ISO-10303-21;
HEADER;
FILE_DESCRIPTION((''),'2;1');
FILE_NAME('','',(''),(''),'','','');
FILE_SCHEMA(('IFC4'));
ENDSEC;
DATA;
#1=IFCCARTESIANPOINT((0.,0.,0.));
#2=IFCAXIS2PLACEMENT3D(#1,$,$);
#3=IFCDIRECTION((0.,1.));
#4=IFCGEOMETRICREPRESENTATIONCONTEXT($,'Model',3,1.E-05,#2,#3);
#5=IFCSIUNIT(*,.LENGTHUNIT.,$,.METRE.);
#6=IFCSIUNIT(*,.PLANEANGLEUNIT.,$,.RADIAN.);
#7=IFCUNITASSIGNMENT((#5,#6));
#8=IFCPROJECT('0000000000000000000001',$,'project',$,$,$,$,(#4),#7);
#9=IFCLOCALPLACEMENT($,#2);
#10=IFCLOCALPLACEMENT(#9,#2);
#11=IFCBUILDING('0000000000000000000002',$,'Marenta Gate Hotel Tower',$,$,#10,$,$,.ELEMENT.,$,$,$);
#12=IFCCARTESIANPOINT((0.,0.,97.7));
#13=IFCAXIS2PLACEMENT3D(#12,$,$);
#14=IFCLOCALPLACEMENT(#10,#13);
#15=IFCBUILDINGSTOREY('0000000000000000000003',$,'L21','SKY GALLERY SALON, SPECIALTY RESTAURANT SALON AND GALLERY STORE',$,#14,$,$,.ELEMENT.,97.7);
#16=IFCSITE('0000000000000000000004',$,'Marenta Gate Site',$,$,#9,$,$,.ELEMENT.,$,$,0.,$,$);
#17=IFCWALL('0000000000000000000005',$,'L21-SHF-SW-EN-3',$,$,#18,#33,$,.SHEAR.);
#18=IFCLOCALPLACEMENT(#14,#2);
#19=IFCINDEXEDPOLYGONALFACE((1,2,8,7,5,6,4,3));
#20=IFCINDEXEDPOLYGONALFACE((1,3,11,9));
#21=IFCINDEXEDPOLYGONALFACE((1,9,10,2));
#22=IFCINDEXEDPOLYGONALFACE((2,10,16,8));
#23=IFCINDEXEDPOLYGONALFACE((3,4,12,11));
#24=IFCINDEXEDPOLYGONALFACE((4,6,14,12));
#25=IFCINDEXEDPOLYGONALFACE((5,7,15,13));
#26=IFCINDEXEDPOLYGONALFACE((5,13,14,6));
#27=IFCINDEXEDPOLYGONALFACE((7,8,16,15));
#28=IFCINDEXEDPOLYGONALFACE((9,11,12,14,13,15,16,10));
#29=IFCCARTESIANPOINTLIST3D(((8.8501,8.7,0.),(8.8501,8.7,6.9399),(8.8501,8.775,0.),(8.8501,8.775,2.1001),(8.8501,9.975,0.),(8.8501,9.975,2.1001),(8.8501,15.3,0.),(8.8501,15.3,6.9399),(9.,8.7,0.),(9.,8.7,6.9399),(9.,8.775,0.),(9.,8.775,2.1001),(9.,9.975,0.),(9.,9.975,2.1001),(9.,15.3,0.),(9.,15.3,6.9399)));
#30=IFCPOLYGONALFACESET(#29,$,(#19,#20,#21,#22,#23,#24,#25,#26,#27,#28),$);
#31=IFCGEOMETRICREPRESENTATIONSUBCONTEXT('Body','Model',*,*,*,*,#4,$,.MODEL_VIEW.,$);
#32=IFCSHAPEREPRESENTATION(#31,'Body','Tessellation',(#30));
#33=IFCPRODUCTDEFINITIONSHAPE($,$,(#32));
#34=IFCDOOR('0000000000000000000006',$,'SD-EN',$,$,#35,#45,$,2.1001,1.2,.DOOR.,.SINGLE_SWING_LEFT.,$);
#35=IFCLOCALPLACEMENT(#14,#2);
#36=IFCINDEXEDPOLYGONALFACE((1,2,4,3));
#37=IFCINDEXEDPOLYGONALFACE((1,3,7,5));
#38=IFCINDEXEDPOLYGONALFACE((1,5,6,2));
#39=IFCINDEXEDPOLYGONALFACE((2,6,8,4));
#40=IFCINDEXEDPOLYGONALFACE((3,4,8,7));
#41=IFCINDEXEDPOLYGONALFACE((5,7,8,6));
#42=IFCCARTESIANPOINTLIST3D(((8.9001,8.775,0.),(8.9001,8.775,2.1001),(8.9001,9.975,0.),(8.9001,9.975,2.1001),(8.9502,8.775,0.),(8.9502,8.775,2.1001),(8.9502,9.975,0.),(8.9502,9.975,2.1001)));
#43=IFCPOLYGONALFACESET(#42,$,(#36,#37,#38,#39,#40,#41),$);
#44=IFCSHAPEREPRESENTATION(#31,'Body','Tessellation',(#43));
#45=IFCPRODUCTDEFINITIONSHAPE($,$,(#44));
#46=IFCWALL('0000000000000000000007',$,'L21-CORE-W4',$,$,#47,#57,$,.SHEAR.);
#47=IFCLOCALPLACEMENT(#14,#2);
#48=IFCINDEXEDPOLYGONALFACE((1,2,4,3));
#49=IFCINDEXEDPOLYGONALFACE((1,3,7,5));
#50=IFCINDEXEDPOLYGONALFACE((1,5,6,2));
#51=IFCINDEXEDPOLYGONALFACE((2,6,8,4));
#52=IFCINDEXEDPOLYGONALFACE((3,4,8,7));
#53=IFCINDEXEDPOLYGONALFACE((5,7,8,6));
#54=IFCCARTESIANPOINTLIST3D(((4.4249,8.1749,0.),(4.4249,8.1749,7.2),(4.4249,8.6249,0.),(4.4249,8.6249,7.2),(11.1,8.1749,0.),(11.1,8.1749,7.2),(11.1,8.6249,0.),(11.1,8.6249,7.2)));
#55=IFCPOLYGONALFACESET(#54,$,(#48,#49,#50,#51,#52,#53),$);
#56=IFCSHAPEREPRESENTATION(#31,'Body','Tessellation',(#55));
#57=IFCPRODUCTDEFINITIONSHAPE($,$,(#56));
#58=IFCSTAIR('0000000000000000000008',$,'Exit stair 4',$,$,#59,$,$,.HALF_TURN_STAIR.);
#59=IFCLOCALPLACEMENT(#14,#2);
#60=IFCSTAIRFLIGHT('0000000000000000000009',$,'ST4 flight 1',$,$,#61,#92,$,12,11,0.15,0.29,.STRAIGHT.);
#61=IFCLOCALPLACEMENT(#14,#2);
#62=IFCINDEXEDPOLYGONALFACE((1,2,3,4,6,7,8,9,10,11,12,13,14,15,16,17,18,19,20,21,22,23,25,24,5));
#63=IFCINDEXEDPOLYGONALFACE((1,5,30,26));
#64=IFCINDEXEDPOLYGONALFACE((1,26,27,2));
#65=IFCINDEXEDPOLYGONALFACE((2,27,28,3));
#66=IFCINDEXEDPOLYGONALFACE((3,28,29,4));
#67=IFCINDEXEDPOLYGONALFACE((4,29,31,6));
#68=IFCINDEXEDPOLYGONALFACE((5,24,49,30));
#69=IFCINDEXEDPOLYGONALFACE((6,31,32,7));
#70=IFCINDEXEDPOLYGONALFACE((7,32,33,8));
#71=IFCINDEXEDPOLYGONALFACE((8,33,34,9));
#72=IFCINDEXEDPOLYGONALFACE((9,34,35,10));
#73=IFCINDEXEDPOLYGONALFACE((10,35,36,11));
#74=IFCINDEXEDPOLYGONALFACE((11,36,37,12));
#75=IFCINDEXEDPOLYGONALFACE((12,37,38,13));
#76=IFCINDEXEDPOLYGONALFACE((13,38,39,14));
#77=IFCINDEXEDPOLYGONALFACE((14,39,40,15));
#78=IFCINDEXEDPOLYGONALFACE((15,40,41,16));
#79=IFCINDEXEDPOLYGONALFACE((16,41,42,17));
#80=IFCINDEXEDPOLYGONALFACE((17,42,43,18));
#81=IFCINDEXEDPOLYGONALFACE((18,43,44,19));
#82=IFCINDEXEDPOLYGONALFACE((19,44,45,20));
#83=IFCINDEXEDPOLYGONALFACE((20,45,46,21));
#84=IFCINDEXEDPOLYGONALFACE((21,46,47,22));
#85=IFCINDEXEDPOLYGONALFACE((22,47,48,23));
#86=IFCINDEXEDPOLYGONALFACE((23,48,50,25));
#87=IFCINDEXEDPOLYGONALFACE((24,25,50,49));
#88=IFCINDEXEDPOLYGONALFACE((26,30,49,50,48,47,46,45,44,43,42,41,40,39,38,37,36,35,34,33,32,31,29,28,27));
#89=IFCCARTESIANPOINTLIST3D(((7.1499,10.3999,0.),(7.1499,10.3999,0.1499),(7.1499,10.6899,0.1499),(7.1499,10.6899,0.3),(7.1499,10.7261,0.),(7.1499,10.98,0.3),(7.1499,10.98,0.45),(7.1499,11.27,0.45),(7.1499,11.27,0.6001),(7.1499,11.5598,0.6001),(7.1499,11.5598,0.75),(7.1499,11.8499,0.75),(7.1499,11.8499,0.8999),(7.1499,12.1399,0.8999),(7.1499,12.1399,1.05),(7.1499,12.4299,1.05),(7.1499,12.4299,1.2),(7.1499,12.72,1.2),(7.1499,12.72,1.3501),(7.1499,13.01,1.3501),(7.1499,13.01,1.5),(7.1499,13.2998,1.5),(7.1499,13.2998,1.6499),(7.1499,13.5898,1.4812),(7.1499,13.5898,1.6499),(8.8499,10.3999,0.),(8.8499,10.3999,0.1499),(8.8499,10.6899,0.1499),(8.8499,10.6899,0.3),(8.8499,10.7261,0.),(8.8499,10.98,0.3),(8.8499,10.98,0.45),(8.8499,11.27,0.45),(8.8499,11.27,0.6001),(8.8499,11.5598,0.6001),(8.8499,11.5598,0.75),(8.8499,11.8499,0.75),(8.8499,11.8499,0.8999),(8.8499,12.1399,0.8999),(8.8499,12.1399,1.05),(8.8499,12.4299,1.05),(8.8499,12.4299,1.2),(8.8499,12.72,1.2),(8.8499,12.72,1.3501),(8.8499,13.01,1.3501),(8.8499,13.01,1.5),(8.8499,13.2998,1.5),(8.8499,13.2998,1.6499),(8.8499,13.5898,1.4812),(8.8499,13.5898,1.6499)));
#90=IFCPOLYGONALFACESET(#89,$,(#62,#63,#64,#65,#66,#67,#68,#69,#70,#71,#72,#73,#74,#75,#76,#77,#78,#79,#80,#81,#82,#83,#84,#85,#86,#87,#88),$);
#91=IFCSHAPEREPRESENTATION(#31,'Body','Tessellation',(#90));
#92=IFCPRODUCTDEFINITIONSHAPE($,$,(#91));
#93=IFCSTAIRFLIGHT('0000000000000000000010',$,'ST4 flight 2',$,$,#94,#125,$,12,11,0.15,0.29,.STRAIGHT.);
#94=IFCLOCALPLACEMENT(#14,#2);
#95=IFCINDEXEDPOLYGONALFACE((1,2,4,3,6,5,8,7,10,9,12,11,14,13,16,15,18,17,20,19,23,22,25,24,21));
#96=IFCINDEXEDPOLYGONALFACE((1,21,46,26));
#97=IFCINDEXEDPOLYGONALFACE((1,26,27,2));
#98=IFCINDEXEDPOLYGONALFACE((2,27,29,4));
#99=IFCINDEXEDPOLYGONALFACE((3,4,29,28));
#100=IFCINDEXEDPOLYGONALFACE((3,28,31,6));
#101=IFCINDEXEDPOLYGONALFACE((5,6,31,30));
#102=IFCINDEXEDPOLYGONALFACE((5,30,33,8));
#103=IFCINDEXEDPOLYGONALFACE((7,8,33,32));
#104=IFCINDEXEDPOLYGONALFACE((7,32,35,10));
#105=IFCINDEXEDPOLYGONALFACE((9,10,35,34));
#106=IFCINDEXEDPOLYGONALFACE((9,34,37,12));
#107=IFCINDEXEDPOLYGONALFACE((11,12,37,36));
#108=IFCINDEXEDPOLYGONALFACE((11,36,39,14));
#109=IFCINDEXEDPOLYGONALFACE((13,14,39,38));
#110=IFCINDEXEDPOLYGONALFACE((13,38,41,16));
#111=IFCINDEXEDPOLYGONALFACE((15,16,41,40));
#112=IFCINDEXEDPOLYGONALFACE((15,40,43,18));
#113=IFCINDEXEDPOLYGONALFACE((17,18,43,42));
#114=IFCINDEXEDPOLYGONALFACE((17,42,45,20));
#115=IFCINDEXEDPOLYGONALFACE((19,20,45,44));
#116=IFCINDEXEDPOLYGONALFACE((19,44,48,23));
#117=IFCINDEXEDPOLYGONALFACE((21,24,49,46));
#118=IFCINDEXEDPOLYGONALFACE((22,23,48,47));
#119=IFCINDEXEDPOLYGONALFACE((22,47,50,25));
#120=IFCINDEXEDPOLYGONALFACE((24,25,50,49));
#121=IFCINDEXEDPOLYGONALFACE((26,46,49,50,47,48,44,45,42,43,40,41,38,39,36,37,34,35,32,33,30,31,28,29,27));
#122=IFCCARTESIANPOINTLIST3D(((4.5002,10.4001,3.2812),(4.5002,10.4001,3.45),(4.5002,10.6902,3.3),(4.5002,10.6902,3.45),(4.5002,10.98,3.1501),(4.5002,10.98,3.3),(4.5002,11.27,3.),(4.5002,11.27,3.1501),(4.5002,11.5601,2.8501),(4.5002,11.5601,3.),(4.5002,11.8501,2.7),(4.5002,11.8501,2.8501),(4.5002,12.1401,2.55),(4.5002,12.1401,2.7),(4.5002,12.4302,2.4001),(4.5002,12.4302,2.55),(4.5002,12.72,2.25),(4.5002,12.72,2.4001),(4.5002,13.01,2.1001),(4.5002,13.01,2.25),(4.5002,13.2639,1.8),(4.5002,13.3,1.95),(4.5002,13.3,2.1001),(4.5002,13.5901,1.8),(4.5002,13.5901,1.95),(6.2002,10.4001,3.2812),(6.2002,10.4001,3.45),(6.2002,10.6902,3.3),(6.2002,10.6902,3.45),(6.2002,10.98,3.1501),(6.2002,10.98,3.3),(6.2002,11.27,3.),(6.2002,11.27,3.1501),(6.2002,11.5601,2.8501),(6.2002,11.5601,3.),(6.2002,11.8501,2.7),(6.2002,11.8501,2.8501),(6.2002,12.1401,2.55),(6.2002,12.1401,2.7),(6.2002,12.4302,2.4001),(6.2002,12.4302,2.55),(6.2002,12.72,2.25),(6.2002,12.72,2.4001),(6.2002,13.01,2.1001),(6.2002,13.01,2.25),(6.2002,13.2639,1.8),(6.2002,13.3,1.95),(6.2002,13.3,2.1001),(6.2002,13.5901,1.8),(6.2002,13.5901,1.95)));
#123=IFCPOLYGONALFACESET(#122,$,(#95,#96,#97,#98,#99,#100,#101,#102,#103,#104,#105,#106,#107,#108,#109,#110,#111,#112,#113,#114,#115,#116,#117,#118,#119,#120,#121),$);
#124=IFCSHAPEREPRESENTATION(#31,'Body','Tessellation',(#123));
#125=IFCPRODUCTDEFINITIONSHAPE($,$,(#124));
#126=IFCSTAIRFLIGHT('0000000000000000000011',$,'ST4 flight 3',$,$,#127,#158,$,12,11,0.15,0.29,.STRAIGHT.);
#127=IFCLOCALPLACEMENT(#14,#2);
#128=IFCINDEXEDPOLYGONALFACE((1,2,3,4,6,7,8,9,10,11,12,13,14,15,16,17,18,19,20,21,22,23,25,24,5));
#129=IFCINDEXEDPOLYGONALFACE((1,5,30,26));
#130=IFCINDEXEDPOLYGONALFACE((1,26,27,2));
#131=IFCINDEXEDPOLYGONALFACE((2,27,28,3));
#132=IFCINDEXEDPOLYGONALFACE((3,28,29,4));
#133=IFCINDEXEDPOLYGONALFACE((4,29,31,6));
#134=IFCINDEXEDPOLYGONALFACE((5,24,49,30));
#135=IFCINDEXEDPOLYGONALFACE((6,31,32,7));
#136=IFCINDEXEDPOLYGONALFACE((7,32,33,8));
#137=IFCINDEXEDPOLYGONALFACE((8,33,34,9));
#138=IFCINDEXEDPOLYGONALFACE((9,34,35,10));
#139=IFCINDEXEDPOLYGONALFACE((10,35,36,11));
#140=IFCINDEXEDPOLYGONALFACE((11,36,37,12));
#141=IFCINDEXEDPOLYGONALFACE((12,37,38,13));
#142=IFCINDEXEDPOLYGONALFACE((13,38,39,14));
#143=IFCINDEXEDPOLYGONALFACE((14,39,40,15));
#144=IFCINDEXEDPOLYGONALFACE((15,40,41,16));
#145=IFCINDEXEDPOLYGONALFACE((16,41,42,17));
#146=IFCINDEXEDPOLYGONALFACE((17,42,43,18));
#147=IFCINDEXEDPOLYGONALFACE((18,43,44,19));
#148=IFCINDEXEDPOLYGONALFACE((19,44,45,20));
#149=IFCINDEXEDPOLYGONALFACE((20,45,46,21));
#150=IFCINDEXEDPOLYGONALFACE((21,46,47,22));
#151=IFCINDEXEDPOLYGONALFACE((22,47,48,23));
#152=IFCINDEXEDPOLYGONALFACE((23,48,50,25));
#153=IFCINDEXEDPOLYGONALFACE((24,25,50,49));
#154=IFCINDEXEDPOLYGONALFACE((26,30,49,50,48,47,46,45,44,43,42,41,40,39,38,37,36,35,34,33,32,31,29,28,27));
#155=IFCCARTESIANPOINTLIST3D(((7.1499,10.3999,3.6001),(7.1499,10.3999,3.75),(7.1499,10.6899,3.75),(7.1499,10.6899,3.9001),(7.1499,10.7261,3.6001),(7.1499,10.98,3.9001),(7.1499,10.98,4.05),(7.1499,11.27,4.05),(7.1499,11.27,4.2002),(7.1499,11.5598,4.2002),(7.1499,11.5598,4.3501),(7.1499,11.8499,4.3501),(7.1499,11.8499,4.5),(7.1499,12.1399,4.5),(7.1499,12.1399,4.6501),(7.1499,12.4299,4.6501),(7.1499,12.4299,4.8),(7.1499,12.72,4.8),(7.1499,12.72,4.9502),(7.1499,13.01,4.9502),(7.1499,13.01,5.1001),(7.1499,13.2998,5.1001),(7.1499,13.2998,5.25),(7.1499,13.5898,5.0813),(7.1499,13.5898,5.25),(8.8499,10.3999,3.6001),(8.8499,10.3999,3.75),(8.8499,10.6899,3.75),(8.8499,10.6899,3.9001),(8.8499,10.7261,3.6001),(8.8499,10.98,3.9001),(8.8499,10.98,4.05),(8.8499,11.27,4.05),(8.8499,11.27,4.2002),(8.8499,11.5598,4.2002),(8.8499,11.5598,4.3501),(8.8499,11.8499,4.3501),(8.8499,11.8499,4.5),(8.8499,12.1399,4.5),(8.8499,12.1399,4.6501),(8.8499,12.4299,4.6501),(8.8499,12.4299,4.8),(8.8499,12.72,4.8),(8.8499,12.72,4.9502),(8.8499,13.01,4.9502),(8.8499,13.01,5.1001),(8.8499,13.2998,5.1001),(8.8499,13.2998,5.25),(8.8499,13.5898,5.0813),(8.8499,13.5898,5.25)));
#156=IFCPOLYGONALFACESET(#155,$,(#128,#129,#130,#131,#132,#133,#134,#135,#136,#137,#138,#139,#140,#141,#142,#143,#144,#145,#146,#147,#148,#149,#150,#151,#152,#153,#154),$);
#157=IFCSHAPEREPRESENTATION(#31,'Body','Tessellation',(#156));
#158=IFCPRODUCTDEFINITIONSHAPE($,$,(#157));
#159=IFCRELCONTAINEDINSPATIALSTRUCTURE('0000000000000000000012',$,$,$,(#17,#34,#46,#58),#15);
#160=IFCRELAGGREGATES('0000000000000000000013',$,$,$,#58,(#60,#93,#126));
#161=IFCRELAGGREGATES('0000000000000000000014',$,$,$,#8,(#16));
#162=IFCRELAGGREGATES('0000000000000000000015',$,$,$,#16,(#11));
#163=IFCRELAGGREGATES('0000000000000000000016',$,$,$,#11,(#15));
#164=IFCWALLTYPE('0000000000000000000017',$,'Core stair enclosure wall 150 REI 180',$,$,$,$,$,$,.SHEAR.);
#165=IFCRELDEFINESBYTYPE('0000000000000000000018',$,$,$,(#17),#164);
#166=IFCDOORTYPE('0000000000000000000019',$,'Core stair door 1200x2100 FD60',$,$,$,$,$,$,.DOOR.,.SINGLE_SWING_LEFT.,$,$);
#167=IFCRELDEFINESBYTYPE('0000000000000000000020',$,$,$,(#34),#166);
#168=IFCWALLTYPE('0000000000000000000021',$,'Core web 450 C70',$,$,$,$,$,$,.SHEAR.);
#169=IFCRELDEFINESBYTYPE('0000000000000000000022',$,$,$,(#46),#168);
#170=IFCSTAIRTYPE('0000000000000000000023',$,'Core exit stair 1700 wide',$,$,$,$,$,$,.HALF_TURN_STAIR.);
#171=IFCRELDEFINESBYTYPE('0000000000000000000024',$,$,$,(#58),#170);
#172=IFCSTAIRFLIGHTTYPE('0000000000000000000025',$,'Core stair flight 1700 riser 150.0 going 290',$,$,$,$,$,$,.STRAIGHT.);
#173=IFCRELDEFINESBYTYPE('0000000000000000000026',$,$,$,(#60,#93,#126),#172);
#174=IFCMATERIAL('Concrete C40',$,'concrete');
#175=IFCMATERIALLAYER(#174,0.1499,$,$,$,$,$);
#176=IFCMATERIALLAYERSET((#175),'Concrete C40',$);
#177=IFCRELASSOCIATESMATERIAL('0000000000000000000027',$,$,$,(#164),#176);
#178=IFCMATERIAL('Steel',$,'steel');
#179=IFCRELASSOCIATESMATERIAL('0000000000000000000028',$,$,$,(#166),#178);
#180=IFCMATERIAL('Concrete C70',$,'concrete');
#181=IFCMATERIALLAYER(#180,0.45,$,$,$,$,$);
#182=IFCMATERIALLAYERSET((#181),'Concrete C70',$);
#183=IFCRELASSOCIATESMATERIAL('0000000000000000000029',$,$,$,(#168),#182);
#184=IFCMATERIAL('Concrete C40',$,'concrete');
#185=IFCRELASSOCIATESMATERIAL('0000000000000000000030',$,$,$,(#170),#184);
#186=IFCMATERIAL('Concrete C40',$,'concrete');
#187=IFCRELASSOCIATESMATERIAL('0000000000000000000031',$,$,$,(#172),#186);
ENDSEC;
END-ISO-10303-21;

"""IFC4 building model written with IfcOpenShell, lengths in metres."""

from ifc_helpers import new_model, si_unit, direction, frame, frame_2d, origin, place, context, subcontext, project, spatial, polyline, rectangle, outline, extrude, material, layer, layer_set, type_object, element, fill, aggregate, save


model = new_model("IFC4")

# Units and contexts
model_context = context("Model", 3, precision=1e-05, world=origin(), true_north=direction((0.0, 1.0)))
body_context = subcontext(model_context, "Body", "Model", "MODEL_VIEW")
ifc_project = project(units=[si_unit("LENGTHUNIT", "METRE"), si_unit("PLANEANGLEUNIT", "RADIAN")], contexts=[model_context])

# Site, building, storey
site_placement = place(None, origin())
site = spatial("IfcSite", under=ifc_project, at=site_placement, Name="Marenta Gate Site", CompositionType="ELEMENT", RefElevation=0.0)
building_placement = place(site_placement, origin())
building = spatial("IfcBuilding", under=site, at=building_placement, Name="Marenta Gate Hotel Tower", CompositionType="ELEMENT")
storey_placement = place(building_placement, frame((0.0, 0.0, 97.7)))
storey = spatial("IfcBuildingStorey", under=building, at=storey_placement, Name="L21", Description="SKY GALLERY SALON, SPECIALTY RESTAURANT SALON AND GALLERY STORE", CompositionType="ELEMENT", Elevation=97.7)

# Wall, opening, door
ifc_material_1 = material(Name="Concrete C40", Category="concrete")
ifc_layer_1 = layer(ifc_material_1, 0.1499)
ifc_layer_set_1 = layer_set([ifc_layer_1], Name="Concrete C40")
wall_type_1 = type_object("IfcWallType", Name="Core stair enclosure wall 150 REI 180", PredefinedType="SHEAR", material=ifc_layer_set_1)
wall_1_placement = place(storey_placement, frame((8.925, 8.7, 0.0), z_axis=(0.0, 0.0, 1.0), x_axis=(0.0, 1.0, 0.0)))
wall_1 = element("IfcWall", 1, at=wall_1_placement, inside=storey, type_object=wall_type_1, Name="L21-SHF-SW-EN-3", PredefinedType="SHEAR", context=body_context, shape_type="SweptSolid", body=[
    extrude(rectangle(XDim=6.6001, YDim=0.1499, at=frame_2d((3.3, 0.0))), origin(), (0.0, 0.0, 1.0), 6.9399),
])
opening_1_placement = place(wall_1_placement, frame((0.075, 0.0, 0.0)))
opening_1 = element("IfcOpeningElement", 2, at=opening_1_placement, cuts=wall_1, PredefinedType="OPENING", context=body_context, shape_type="SweptSolid", body=[
    extrude(rectangle(XDim=1.2, YDim=2.1001, at=frame_2d((0.6001, 1.05))), frame((0.0, 0.075, 0.0), z_axis=(0.0, -1.0, 0.0), x_axis=(1.0, 0.0, 0.0)), (0.0, 0.0, 1.0), 0.1499),
])
ifc_material_2 = material(Name="Steel", Category="steel")
door_type_1 = type_object("IfcDoorType", Name="Core stair door 1200x2100 FD60", OperationType="SINGLE_SWING_LEFT", PredefinedType="DOOR", material=ifc_material_2)
door_1_placement = place(opening_1_placement, origin())
door_1 = element("IfcDoor", 3, at=door_1_placement, inside=storey, type_object=door_type_1, Name="SD-EN", OperationType="SINGLE_SWING_LEFT", OverallHeight=2.1001, OverallWidth=1.2, PredefinedType="DOOR", context=body_context, shape_type="SweptSolid", body=[
    extrude(rectangle(XDim=1.2, YDim=2.1001, at=frame_2d((0.6001, 1.05))), frame((0.0, 0.0249, 0.0), z_axis=(0.0, -1.0, 0.0), x_axis=(1.0, 0.0, 0.0)), (0.0, 0.0, 1.0), 0.05),
])
fill(opening_1, door_1)

# Wall
ifc_material_3 = material(Name="Concrete C70", Category="concrete")
ifc_layer_2 = layer(ifc_material_3, 0.45)
ifc_layer_set_2 = layer_set([ifc_layer_2], Name="Concrete C70")
wall_type_2 = type_object("IfcWallType", Name="Core web 450 C70", PredefinedType="SHEAR", material=ifc_layer_set_2)
wall_2_placement = place(storey_placement, frame((4.425, 8.3999, 0.0), z_axis=(0.0, 0.0, 1.0), x_axis=(1.0, 0.0, 0.0)))
element("IfcWall", 4, at=wall_2_placement, inside=storey, type_object=wall_type_2, Name="L21-CORE-W4", PredefinedType="SHEAR", context=body_context, shape_type="SweptSolid", body=[
    extrude(rectangle(XDim=6.675, YDim=0.45, at=frame_2d((3.3374, 0.0))), origin(), (0.0, 0.0, 1.0), 7.2),
])

# Stair, stair flights
ifc_material_4 = material(Name="Concrete C40", Category="concrete")
stair_type = type_object("IfcStairType", Name="Core exit stair 1700 wide", PredefinedType="HALF_TURN_STAIR", material=ifc_material_4)
stair_placement = place(storey_placement, origin())
stair = element("IfcStair", 5, at=stair_placement, inside=storey, type_object=stair_type, Name="Exit stair 4", PredefinedType="HALF_TURN_STAIR")
ifc_material_5 = material(Name="Concrete C40", Category="concrete")
stair_flight_type = type_object("IfcStairFlightType", Name="Core stair flight 1700 riser 150.0 going 290", PredefinedType="STRAIGHT", material=ifc_material_5)
stair_flight_1_placement = place(storey_placement, frame((8.0, 10.3999, 0.0), z_axis=(0.0, 0.0, 1.0), x_axis=(0.0, 1.0, 0.0)))
stair_flight_1 = element("IfcStairFlight", 6, at=stair_flight_1_placement, type_object=stair_flight_type, Name="ST4 flight 1", NumberOfRisers=12, NumberOfTreads=11, PredefinedType="STRAIGHT", RiserHeight=0.15, TreadLength=0.29, context=body_context, shape_type="SweptSolid", body=[
    extrude(outline(polyline([(0.0, 0.0), (0.0, 0.1499), (0.29, 0.1499), (0.29, 0.3), (0.5801, 0.3), (0.5801, 0.45), (0.8701, 0.45), (0.8701, 0.6001), (1.1599, 0.6001), (1.1599, 0.75), (1.45, 0.75), (1.45, 0.8999), (1.74, 0.8999), (1.74, 1.05), (2.03, 1.05), (2.03, 1.2), (2.3201, 1.2), (2.3201, 1.3501), (2.6101, 1.3501), (2.6101, 1.5), (2.8999, 1.5), (2.8999, 1.6499), (3.1899, 1.6499), (3.1899, 1.8), (3.1899, 1.4812), (0.3262, 0.0), (0.0, 0.0)])), frame((0.0, 0.8501, 0.0), z_axis=(0.0, -1.0, 0.0), x_axis=(1.0, 0.0, 0.0)), (0.0, 0.0, 1.0), 1.7),
])
stair_flight_2_placement = place(storey_placement, frame((5.3501, 13.5901, 1.8), z_axis=(0.0, 0.0, 1.0), x_axis=(0.0, -1.0, 0.0)))
stair_flight_2 = element("IfcStairFlight", 7, at=stair_flight_2_placement, type_object=stair_flight_type, Name="ST4 flight 2", NumberOfRisers=12, NumberOfTreads=11, PredefinedType="STRAIGHT", RiserHeight=0.15, TreadLength=0.29, context=body_context, shape_type="SweptSolid", body=[
    extrude(outline(polyline([(0.0, 0.0), (0.0, 0.1499), (0.29, 0.1499), (0.29, 0.3), (0.5801, 0.3), (0.5801, 0.45), (0.8701, 0.45), (0.8701, 0.6001), (1.1599, 0.6001), (1.1599, 0.75), (1.45, 0.75), (1.45, 0.8999), (1.74, 0.8999), (1.74, 1.05), (2.03, 1.05), (2.03, 1.2), (2.3201, 1.2), (2.3201, 1.3501), (2.6101, 1.3501), (2.6101, 1.5), (2.8999, 1.5), (2.8999, 1.6499), (3.1899, 1.6499), (3.1899, 1.8), (3.1899, 1.4812), (0.3262, 0.0), (0.0, 0.0)])), frame((0.0, 0.8501, 0.0), z_axis=(0.0, -1.0, 0.0), x_axis=(1.0, 0.0, 0.0)), (0.0, 0.0, 1.0), 1.7),
])
stair_flight_3_placement = place(storey_placement, frame((8.0, 10.3999, 3.6001), z_axis=(0.0, 0.0, 1.0), x_axis=(0.0, 1.0, 0.0)))
stair_flight_3 = element("IfcStairFlight", 8, at=stair_flight_3_placement, type_object=stair_flight_type, Name="ST4 flight 3", NumberOfRisers=12, NumberOfTreads=11, PredefinedType="STRAIGHT", RiserHeight=0.15, TreadLength=0.29, context=body_context, shape_type="SweptSolid", body=[
    extrude(outline(polyline([(0.0, 0.0), (0.0, 0.1499), (0.29, 0.1499), (0.29, 0.3), (0.5801, 0.3), (0.5801, 0.45), (0.8701, 0.45), (0.8701, 0.6001), (1.1599, 0.6001), (1.1599, 0.75), (1.45, 0.75), (1.45, 0.8999), (1.74, 0.8999), (1.74, 1.05), (2.03, 1.05), (2.03, 1.2), (2.3201, 1.2), (2.3201, 1.3501), (2.6101, 1.3501), (2.6101, 1.5), (2.8999, 1.5), (2.8999, 1.6499), (3.1899, 1.6499), (3.1899, 1.8), (3.1899, 1.4812), (0.3262, 0.0), (0.0, 0.0)])), frame((0.0, 0.8501, 0.0), z_axis=(0.0, -1.0, 0.0), x_axis=(1.0, 0.0, 0.0)), (0.0, 0.0, 1.0), 1.7),
])
aggregate(stair, [stair_flight_1, stair_flight_2, stair_flight_3])

save(model, "model.ifc")
